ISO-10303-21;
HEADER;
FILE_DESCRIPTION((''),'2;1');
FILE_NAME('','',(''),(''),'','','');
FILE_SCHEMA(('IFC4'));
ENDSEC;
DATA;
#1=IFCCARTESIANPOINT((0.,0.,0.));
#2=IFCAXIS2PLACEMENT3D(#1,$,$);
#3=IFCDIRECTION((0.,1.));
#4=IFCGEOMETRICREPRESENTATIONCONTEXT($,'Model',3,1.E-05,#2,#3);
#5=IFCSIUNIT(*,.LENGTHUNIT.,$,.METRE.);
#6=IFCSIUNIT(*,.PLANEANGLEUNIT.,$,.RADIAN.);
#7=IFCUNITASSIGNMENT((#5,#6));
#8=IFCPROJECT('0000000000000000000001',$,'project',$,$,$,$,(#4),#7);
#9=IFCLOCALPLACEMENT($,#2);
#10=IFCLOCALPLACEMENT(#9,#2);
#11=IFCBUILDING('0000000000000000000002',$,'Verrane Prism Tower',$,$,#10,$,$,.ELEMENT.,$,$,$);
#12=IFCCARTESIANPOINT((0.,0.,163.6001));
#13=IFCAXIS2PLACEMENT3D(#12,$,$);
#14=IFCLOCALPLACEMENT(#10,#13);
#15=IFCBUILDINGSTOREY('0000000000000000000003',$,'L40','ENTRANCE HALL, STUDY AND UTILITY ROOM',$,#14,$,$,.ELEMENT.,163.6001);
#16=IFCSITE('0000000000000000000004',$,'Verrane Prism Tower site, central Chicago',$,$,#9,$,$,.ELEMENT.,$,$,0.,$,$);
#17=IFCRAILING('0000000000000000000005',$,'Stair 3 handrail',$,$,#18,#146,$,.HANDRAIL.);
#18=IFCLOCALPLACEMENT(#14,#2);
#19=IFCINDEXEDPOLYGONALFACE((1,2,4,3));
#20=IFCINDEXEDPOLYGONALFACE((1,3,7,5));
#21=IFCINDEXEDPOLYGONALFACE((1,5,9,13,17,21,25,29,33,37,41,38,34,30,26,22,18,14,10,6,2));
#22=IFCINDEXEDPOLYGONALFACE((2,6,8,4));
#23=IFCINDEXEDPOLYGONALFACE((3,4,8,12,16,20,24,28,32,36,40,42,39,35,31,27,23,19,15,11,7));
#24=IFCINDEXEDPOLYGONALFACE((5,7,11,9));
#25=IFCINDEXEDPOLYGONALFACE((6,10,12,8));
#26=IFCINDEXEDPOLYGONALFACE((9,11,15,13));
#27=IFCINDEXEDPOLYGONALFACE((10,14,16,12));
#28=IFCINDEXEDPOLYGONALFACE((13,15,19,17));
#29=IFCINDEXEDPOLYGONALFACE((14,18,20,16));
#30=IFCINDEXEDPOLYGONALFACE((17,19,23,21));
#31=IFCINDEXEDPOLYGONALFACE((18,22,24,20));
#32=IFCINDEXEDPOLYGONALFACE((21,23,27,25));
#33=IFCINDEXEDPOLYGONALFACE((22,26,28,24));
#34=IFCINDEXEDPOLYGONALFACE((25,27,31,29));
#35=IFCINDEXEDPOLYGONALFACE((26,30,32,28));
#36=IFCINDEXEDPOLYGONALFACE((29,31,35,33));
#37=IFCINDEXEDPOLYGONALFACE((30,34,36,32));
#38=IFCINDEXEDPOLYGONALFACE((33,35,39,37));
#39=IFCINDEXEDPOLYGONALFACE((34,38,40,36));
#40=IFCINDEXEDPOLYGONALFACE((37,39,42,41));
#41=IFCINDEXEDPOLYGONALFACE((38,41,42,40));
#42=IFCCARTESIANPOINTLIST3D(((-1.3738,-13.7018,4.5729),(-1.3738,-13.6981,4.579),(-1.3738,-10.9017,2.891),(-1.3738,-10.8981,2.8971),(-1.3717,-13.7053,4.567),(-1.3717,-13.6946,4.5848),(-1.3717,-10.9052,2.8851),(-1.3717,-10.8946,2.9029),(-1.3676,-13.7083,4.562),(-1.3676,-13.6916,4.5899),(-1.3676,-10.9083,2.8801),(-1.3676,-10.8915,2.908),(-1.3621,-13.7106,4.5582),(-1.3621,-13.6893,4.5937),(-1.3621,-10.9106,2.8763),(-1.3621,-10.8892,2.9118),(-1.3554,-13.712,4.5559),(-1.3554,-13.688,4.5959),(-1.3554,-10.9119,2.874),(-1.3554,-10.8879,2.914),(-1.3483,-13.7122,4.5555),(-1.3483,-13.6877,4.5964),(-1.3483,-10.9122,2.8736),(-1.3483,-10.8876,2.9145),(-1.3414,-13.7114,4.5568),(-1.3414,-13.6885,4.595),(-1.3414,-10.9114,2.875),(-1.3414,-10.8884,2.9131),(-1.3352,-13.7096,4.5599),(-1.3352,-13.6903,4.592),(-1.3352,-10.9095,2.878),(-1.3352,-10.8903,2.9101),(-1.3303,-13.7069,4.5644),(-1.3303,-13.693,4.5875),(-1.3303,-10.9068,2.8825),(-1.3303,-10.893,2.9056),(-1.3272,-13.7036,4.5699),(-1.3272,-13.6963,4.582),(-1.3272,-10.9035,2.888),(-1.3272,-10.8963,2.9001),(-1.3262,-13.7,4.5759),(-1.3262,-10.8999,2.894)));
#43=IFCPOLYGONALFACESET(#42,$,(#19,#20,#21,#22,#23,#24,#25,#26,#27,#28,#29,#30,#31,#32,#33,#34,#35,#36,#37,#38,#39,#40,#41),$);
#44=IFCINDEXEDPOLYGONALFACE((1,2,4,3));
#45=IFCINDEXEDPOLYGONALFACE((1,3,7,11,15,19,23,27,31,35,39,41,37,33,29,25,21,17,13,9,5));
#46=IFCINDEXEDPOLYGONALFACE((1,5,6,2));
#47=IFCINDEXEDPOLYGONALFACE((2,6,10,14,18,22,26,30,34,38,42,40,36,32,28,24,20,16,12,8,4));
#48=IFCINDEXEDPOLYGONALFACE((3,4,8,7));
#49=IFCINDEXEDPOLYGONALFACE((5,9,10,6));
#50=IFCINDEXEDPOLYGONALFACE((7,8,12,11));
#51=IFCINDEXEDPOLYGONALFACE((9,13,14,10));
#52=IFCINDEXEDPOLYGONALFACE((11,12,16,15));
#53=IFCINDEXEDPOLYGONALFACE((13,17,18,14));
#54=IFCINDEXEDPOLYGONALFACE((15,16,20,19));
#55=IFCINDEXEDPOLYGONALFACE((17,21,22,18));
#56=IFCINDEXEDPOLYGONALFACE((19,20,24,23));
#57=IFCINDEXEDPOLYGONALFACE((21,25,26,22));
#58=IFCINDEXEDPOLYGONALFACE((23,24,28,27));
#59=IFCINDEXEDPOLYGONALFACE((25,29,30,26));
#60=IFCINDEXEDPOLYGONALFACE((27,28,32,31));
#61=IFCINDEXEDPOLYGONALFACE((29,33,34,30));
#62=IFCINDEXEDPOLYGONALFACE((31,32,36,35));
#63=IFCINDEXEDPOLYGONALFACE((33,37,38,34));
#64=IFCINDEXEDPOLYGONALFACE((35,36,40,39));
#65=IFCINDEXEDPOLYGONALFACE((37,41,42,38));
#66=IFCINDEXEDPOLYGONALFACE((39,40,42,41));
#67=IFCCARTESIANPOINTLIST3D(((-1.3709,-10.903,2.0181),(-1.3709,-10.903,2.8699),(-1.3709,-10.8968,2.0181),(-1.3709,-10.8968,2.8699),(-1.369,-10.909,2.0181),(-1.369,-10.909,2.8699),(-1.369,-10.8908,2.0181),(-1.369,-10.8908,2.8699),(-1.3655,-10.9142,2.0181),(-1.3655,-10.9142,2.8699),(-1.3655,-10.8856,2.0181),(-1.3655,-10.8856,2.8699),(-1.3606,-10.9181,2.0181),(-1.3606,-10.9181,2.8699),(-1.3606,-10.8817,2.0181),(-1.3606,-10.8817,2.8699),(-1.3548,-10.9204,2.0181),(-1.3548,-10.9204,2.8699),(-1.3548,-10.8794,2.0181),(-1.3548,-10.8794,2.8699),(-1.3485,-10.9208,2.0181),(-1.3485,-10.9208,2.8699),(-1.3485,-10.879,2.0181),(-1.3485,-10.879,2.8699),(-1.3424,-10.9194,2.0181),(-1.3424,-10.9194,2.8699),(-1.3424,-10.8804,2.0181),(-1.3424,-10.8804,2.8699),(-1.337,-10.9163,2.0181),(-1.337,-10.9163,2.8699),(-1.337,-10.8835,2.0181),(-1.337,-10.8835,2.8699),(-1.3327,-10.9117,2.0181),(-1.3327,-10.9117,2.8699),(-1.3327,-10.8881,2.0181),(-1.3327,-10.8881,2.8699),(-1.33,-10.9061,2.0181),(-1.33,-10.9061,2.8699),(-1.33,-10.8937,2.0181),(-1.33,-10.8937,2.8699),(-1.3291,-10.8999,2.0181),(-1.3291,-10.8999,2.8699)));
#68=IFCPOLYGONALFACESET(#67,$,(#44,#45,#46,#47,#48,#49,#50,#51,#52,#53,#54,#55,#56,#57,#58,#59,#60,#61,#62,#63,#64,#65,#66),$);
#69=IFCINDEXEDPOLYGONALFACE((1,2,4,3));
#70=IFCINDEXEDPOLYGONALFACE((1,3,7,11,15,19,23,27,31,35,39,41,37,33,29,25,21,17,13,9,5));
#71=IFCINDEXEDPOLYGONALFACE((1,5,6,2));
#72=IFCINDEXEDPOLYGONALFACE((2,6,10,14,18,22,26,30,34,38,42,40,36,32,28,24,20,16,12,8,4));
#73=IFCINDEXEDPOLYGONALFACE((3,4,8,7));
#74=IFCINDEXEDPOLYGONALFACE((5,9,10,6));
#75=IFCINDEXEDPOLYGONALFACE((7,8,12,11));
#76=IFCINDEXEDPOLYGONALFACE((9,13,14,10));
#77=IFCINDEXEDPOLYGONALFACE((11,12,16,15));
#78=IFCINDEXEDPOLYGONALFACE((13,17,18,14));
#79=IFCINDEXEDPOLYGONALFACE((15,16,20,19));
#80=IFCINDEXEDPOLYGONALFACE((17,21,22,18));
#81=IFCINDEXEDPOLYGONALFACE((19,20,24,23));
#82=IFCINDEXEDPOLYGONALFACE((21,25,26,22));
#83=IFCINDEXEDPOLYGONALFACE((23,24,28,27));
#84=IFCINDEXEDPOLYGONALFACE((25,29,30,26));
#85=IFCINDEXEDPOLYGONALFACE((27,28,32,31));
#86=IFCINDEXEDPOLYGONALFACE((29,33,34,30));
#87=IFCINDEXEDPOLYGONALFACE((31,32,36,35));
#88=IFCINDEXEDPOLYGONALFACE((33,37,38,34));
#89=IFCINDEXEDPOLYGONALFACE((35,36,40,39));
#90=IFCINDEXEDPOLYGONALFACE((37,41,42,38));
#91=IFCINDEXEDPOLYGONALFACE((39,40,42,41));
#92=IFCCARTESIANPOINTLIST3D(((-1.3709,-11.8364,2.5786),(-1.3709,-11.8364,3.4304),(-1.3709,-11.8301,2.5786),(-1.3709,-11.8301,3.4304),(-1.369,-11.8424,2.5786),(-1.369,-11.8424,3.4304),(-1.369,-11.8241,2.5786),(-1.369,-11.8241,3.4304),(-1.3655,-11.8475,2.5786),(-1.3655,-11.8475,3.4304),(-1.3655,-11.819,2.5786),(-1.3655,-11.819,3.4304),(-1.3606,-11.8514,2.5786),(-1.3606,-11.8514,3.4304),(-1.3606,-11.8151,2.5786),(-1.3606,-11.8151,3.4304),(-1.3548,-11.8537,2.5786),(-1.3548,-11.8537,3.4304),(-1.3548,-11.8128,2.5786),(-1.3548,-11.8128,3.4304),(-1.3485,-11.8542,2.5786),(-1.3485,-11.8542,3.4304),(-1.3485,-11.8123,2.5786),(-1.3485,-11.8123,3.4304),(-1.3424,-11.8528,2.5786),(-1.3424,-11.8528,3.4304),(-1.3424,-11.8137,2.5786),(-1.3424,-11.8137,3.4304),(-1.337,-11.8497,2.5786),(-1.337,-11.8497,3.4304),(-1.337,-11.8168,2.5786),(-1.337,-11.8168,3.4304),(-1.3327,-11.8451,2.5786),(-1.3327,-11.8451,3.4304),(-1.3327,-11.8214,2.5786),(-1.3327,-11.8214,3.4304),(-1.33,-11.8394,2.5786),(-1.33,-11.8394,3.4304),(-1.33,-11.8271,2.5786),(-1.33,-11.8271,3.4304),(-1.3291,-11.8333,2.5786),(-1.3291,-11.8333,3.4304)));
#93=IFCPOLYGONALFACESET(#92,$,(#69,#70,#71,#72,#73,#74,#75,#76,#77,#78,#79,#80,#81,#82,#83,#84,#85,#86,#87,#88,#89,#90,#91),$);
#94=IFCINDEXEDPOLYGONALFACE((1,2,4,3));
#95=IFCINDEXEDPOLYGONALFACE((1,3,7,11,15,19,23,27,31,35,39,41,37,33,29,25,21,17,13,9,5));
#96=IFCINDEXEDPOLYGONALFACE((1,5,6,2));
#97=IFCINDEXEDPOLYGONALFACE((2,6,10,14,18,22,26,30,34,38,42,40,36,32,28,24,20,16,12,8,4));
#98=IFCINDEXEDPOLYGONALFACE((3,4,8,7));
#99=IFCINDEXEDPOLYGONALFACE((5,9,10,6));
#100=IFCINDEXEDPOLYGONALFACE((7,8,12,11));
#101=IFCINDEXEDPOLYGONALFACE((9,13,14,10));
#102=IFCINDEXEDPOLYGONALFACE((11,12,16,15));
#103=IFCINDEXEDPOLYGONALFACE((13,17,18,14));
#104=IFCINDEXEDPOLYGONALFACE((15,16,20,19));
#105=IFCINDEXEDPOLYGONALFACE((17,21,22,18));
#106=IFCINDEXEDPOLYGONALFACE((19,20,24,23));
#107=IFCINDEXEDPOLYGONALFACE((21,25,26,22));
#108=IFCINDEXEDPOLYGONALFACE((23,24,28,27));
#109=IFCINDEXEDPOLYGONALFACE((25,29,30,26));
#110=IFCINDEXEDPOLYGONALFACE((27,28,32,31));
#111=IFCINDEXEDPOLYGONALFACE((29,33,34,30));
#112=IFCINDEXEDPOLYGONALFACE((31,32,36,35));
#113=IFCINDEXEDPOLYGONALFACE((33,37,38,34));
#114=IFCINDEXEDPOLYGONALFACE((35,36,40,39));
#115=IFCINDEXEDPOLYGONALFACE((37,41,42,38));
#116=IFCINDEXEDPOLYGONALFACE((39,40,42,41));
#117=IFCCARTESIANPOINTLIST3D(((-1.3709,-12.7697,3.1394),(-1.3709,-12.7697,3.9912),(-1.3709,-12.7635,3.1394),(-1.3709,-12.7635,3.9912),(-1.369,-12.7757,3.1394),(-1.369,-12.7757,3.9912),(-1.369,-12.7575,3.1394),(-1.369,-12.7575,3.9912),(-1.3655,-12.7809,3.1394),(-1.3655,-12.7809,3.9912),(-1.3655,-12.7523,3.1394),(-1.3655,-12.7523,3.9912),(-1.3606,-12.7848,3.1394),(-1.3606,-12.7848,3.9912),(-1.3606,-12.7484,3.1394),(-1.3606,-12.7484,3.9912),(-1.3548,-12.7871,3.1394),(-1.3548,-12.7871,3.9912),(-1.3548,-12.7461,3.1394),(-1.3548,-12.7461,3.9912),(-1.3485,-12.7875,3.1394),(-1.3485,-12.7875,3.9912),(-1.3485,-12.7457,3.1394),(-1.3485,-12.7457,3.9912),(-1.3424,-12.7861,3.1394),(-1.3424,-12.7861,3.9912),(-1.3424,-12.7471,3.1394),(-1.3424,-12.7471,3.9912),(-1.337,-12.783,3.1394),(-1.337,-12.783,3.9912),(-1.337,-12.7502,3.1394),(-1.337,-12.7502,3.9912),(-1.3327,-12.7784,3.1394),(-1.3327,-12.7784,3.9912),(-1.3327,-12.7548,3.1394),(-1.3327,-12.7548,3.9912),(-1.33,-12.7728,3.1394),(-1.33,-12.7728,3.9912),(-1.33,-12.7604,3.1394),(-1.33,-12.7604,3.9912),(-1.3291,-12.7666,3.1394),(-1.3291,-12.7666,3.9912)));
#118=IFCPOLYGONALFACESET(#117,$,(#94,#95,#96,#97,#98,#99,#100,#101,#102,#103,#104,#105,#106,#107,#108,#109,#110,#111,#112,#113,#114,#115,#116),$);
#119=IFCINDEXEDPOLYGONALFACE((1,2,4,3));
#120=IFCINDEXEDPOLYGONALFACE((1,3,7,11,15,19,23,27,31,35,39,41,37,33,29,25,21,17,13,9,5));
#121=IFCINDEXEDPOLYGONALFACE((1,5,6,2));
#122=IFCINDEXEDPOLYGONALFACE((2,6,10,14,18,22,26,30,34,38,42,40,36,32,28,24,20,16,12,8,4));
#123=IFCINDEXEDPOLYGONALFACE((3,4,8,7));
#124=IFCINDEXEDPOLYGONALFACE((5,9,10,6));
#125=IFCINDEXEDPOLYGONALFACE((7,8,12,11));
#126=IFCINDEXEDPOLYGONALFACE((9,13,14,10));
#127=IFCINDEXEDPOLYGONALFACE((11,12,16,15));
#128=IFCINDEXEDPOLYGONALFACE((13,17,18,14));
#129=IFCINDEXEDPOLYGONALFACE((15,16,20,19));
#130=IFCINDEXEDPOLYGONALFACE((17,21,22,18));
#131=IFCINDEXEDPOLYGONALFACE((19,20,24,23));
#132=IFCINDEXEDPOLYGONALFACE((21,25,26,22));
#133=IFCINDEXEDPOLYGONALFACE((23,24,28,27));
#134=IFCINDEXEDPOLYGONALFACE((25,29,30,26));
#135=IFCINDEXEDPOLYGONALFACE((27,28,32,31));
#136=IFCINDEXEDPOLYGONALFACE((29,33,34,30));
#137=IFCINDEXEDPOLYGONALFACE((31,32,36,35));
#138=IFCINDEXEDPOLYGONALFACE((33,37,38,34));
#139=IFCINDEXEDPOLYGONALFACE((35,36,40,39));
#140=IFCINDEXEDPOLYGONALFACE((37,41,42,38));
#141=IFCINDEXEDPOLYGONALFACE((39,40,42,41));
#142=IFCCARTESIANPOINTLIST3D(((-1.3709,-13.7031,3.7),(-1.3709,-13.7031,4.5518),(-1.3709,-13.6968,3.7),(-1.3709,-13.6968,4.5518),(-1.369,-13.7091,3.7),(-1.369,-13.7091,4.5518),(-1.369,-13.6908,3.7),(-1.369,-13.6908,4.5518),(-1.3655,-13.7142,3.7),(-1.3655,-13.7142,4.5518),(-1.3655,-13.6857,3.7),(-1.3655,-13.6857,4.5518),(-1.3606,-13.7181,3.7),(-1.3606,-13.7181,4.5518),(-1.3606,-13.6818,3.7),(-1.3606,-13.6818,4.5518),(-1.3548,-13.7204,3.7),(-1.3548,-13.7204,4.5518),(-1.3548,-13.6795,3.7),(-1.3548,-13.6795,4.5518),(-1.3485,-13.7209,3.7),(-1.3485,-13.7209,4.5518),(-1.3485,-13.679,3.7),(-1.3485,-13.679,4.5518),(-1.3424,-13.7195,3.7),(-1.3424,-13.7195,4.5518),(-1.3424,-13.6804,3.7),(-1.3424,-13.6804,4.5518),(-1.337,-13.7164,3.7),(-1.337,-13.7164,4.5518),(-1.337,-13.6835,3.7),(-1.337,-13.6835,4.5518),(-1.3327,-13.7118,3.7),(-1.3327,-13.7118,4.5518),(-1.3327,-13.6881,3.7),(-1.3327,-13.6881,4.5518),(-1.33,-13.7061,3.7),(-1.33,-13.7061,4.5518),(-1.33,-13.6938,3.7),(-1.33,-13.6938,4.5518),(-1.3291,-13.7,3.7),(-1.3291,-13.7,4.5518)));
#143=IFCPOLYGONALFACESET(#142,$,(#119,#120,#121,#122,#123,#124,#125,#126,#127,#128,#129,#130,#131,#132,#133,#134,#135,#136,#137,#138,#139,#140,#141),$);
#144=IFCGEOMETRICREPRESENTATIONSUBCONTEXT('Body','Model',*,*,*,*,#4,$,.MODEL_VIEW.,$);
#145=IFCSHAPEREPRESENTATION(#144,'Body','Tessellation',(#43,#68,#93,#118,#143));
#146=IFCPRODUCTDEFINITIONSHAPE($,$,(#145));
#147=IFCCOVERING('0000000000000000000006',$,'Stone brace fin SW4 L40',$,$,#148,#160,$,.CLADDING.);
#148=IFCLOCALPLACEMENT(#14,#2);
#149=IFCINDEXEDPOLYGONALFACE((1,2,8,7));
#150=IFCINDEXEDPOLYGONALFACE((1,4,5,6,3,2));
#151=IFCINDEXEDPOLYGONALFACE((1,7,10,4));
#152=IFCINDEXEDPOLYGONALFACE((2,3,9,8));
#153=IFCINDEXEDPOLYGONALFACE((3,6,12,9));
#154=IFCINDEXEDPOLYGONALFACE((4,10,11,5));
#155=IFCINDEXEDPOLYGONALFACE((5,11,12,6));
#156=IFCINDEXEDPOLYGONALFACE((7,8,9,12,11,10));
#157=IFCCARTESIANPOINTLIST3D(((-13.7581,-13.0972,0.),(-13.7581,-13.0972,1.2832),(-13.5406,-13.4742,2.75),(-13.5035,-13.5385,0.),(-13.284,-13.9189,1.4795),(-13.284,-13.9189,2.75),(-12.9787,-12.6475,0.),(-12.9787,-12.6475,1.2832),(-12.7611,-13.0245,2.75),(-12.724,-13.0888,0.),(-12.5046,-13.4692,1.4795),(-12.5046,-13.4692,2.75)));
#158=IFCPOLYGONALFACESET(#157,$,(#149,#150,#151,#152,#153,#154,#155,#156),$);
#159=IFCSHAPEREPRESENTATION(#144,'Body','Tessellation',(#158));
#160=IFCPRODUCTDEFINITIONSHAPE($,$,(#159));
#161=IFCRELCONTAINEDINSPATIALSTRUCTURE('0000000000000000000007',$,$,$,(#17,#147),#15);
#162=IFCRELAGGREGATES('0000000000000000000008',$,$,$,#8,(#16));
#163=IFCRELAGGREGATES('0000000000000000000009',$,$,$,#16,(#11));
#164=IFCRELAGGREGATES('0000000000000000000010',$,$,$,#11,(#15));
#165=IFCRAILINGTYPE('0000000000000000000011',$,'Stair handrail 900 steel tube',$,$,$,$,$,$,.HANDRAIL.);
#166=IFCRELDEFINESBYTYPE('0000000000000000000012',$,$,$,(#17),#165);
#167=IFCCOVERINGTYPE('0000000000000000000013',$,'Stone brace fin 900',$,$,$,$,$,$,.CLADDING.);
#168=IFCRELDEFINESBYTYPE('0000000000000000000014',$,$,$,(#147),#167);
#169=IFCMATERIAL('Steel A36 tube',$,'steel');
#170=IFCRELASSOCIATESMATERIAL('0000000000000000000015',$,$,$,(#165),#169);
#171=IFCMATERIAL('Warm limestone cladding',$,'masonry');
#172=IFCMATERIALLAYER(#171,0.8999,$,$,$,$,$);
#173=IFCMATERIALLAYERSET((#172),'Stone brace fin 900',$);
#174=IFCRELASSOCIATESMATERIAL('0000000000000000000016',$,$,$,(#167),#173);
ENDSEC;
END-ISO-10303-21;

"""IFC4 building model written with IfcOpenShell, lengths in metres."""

from ifc_helpers import new_model, si_unit, direction, frame, origin, origin_2d, place, context, subcontext, project, spatial, polyline, circle, outline, extrude, material, layer, layer_set, type_object, element, save


model = new_model("IFC4")

# Units and contexts
model_context = context("Model", 3, precision=1e-05, world=origin(), true_north=direction((0.0, 1.0)))
body_context = subcontext(model_context, "Body", "Model", "MODEL_VIEW")
ifc_project = project(units=[si_unit("LENGTHUNIT", "METRE"), si_unit("PLANEANGLEUNIT", "RADIAN")], contexts=[model_context])

# Site, building, storey
site_placement = place(None, origin())
site = spatial("IfcSite", under=ifc_project, at=site_placement, Name="Verrane Prism Tower site, central Chicago", CompositionType="ELEMENT", RefElevation=0.0)
building_placement = place(site_placement, origin())
building = spatial("IfcBuilding", under=site, at=building_placement, Name="Verrane Prism Tower", CompositionType="ELEMENT")
storey_placement = place(building_placement, frame((0.0, 0.0, 163.6001)))
storey = spatial("IfcBuildingStorey", under=building, at=storey_placement, Name="L40", Description="ENTRANCE HALL, STUDY AND UTILITY ROOM", CompositionType="ELEMENT", Elevation=163.6001)

# Railing
ifc_material_1 = material(Name="Steel A36 tube", Category="steel")
railing_type = type_object("IfcRailingType", Name="Stair handrail 900 steel tube", PredefinedType="HANDRAIL", material=ifc_material_1)
railing_placement = place(storey_placement, frame((-1.3501, -10.8999, 2.0181)))
element("IfcRailing", 1, at=railing_placement, inside=storey, type_object=railing_type, Name="Stair 3 handrail", PredefinedType="HANDRAIL", context=body_context, shape_type="SweptSolid", body=[
    extrude(circle(Radius=0.0239, at=origin_2d()), frame((0.0, 0.0, 0.876), z_axis=(0.0, -0.857242, 0.514913), x_axis=(1.0, 0.0, 0.0)), (0.0, 0.0, 1.0), 3.2664),
    extrude(circle(Radius=0.021, at=origin_2d()), origin(), (0.0, 0.0, 1.0), 0.8518),
    extrude(circle(Radius=0.021, at=origin_2d()), frame((0.0, -0.9333, 0.5605)), (0.0, 0.0, 1.0), 0.8518),
    extrude(circle(Radius=0.021, at=origin_2d()), frame((0.0, -1.8667, 1.1213)), (0.0, 0.0, 1.0), 0.8518),
    extrude(circle(Radius=0.021, at=origin_2d()), frame((0.0, -2.8, 1.6819)), (0.0, 0.0, 1.0), 0.8518),
])

# Covering
ifc_material_2 = material(Name="Warm limestone cladding", Category="masonry")
ifc_layer_1 = layer(ifc_material_2, 0.8999)
ifc_layer_set_1 = layer_set([ifc_layer_1], Name="Stone brace fin 900")
covering_type = type_object("IfcCoveringType", Name="Stone brace fin 900", PredefinedType="CLADDING", material=ifc_layer_set_1)
covering_placement = place(storey_placement, frame((-13.3684, -12.8723, 0.0), z_axis=(0.0, 0.0, 1.0), x_axis=(0.499737, -0.866177, 0.0)))
element("IfcCovering", 2, at=covering_placement, inside=storey, type_object=covering_type, Name="Stone brace fin SW4 L40", PredefinedType="CLADDING", context=body_context, shape_type="SweptSolid", body=[
    extrude(outline(polyline([(0.9487, 2.75), (0.4353, 2.75), (0.0, 1.2832), (0.0, 0.0), (0.5095, 0.0), (0.9487, 1.4795), (0.9487, 2.75)])), frame((0.0, 0.45, 0.0), z_axis=(0.0, -1.0, 0.0), x_axis=(1.0, 0.0, 0.0)), (0.0, 0.0, 1.0), 0.8999),
])

save(model, "model.ifc")
